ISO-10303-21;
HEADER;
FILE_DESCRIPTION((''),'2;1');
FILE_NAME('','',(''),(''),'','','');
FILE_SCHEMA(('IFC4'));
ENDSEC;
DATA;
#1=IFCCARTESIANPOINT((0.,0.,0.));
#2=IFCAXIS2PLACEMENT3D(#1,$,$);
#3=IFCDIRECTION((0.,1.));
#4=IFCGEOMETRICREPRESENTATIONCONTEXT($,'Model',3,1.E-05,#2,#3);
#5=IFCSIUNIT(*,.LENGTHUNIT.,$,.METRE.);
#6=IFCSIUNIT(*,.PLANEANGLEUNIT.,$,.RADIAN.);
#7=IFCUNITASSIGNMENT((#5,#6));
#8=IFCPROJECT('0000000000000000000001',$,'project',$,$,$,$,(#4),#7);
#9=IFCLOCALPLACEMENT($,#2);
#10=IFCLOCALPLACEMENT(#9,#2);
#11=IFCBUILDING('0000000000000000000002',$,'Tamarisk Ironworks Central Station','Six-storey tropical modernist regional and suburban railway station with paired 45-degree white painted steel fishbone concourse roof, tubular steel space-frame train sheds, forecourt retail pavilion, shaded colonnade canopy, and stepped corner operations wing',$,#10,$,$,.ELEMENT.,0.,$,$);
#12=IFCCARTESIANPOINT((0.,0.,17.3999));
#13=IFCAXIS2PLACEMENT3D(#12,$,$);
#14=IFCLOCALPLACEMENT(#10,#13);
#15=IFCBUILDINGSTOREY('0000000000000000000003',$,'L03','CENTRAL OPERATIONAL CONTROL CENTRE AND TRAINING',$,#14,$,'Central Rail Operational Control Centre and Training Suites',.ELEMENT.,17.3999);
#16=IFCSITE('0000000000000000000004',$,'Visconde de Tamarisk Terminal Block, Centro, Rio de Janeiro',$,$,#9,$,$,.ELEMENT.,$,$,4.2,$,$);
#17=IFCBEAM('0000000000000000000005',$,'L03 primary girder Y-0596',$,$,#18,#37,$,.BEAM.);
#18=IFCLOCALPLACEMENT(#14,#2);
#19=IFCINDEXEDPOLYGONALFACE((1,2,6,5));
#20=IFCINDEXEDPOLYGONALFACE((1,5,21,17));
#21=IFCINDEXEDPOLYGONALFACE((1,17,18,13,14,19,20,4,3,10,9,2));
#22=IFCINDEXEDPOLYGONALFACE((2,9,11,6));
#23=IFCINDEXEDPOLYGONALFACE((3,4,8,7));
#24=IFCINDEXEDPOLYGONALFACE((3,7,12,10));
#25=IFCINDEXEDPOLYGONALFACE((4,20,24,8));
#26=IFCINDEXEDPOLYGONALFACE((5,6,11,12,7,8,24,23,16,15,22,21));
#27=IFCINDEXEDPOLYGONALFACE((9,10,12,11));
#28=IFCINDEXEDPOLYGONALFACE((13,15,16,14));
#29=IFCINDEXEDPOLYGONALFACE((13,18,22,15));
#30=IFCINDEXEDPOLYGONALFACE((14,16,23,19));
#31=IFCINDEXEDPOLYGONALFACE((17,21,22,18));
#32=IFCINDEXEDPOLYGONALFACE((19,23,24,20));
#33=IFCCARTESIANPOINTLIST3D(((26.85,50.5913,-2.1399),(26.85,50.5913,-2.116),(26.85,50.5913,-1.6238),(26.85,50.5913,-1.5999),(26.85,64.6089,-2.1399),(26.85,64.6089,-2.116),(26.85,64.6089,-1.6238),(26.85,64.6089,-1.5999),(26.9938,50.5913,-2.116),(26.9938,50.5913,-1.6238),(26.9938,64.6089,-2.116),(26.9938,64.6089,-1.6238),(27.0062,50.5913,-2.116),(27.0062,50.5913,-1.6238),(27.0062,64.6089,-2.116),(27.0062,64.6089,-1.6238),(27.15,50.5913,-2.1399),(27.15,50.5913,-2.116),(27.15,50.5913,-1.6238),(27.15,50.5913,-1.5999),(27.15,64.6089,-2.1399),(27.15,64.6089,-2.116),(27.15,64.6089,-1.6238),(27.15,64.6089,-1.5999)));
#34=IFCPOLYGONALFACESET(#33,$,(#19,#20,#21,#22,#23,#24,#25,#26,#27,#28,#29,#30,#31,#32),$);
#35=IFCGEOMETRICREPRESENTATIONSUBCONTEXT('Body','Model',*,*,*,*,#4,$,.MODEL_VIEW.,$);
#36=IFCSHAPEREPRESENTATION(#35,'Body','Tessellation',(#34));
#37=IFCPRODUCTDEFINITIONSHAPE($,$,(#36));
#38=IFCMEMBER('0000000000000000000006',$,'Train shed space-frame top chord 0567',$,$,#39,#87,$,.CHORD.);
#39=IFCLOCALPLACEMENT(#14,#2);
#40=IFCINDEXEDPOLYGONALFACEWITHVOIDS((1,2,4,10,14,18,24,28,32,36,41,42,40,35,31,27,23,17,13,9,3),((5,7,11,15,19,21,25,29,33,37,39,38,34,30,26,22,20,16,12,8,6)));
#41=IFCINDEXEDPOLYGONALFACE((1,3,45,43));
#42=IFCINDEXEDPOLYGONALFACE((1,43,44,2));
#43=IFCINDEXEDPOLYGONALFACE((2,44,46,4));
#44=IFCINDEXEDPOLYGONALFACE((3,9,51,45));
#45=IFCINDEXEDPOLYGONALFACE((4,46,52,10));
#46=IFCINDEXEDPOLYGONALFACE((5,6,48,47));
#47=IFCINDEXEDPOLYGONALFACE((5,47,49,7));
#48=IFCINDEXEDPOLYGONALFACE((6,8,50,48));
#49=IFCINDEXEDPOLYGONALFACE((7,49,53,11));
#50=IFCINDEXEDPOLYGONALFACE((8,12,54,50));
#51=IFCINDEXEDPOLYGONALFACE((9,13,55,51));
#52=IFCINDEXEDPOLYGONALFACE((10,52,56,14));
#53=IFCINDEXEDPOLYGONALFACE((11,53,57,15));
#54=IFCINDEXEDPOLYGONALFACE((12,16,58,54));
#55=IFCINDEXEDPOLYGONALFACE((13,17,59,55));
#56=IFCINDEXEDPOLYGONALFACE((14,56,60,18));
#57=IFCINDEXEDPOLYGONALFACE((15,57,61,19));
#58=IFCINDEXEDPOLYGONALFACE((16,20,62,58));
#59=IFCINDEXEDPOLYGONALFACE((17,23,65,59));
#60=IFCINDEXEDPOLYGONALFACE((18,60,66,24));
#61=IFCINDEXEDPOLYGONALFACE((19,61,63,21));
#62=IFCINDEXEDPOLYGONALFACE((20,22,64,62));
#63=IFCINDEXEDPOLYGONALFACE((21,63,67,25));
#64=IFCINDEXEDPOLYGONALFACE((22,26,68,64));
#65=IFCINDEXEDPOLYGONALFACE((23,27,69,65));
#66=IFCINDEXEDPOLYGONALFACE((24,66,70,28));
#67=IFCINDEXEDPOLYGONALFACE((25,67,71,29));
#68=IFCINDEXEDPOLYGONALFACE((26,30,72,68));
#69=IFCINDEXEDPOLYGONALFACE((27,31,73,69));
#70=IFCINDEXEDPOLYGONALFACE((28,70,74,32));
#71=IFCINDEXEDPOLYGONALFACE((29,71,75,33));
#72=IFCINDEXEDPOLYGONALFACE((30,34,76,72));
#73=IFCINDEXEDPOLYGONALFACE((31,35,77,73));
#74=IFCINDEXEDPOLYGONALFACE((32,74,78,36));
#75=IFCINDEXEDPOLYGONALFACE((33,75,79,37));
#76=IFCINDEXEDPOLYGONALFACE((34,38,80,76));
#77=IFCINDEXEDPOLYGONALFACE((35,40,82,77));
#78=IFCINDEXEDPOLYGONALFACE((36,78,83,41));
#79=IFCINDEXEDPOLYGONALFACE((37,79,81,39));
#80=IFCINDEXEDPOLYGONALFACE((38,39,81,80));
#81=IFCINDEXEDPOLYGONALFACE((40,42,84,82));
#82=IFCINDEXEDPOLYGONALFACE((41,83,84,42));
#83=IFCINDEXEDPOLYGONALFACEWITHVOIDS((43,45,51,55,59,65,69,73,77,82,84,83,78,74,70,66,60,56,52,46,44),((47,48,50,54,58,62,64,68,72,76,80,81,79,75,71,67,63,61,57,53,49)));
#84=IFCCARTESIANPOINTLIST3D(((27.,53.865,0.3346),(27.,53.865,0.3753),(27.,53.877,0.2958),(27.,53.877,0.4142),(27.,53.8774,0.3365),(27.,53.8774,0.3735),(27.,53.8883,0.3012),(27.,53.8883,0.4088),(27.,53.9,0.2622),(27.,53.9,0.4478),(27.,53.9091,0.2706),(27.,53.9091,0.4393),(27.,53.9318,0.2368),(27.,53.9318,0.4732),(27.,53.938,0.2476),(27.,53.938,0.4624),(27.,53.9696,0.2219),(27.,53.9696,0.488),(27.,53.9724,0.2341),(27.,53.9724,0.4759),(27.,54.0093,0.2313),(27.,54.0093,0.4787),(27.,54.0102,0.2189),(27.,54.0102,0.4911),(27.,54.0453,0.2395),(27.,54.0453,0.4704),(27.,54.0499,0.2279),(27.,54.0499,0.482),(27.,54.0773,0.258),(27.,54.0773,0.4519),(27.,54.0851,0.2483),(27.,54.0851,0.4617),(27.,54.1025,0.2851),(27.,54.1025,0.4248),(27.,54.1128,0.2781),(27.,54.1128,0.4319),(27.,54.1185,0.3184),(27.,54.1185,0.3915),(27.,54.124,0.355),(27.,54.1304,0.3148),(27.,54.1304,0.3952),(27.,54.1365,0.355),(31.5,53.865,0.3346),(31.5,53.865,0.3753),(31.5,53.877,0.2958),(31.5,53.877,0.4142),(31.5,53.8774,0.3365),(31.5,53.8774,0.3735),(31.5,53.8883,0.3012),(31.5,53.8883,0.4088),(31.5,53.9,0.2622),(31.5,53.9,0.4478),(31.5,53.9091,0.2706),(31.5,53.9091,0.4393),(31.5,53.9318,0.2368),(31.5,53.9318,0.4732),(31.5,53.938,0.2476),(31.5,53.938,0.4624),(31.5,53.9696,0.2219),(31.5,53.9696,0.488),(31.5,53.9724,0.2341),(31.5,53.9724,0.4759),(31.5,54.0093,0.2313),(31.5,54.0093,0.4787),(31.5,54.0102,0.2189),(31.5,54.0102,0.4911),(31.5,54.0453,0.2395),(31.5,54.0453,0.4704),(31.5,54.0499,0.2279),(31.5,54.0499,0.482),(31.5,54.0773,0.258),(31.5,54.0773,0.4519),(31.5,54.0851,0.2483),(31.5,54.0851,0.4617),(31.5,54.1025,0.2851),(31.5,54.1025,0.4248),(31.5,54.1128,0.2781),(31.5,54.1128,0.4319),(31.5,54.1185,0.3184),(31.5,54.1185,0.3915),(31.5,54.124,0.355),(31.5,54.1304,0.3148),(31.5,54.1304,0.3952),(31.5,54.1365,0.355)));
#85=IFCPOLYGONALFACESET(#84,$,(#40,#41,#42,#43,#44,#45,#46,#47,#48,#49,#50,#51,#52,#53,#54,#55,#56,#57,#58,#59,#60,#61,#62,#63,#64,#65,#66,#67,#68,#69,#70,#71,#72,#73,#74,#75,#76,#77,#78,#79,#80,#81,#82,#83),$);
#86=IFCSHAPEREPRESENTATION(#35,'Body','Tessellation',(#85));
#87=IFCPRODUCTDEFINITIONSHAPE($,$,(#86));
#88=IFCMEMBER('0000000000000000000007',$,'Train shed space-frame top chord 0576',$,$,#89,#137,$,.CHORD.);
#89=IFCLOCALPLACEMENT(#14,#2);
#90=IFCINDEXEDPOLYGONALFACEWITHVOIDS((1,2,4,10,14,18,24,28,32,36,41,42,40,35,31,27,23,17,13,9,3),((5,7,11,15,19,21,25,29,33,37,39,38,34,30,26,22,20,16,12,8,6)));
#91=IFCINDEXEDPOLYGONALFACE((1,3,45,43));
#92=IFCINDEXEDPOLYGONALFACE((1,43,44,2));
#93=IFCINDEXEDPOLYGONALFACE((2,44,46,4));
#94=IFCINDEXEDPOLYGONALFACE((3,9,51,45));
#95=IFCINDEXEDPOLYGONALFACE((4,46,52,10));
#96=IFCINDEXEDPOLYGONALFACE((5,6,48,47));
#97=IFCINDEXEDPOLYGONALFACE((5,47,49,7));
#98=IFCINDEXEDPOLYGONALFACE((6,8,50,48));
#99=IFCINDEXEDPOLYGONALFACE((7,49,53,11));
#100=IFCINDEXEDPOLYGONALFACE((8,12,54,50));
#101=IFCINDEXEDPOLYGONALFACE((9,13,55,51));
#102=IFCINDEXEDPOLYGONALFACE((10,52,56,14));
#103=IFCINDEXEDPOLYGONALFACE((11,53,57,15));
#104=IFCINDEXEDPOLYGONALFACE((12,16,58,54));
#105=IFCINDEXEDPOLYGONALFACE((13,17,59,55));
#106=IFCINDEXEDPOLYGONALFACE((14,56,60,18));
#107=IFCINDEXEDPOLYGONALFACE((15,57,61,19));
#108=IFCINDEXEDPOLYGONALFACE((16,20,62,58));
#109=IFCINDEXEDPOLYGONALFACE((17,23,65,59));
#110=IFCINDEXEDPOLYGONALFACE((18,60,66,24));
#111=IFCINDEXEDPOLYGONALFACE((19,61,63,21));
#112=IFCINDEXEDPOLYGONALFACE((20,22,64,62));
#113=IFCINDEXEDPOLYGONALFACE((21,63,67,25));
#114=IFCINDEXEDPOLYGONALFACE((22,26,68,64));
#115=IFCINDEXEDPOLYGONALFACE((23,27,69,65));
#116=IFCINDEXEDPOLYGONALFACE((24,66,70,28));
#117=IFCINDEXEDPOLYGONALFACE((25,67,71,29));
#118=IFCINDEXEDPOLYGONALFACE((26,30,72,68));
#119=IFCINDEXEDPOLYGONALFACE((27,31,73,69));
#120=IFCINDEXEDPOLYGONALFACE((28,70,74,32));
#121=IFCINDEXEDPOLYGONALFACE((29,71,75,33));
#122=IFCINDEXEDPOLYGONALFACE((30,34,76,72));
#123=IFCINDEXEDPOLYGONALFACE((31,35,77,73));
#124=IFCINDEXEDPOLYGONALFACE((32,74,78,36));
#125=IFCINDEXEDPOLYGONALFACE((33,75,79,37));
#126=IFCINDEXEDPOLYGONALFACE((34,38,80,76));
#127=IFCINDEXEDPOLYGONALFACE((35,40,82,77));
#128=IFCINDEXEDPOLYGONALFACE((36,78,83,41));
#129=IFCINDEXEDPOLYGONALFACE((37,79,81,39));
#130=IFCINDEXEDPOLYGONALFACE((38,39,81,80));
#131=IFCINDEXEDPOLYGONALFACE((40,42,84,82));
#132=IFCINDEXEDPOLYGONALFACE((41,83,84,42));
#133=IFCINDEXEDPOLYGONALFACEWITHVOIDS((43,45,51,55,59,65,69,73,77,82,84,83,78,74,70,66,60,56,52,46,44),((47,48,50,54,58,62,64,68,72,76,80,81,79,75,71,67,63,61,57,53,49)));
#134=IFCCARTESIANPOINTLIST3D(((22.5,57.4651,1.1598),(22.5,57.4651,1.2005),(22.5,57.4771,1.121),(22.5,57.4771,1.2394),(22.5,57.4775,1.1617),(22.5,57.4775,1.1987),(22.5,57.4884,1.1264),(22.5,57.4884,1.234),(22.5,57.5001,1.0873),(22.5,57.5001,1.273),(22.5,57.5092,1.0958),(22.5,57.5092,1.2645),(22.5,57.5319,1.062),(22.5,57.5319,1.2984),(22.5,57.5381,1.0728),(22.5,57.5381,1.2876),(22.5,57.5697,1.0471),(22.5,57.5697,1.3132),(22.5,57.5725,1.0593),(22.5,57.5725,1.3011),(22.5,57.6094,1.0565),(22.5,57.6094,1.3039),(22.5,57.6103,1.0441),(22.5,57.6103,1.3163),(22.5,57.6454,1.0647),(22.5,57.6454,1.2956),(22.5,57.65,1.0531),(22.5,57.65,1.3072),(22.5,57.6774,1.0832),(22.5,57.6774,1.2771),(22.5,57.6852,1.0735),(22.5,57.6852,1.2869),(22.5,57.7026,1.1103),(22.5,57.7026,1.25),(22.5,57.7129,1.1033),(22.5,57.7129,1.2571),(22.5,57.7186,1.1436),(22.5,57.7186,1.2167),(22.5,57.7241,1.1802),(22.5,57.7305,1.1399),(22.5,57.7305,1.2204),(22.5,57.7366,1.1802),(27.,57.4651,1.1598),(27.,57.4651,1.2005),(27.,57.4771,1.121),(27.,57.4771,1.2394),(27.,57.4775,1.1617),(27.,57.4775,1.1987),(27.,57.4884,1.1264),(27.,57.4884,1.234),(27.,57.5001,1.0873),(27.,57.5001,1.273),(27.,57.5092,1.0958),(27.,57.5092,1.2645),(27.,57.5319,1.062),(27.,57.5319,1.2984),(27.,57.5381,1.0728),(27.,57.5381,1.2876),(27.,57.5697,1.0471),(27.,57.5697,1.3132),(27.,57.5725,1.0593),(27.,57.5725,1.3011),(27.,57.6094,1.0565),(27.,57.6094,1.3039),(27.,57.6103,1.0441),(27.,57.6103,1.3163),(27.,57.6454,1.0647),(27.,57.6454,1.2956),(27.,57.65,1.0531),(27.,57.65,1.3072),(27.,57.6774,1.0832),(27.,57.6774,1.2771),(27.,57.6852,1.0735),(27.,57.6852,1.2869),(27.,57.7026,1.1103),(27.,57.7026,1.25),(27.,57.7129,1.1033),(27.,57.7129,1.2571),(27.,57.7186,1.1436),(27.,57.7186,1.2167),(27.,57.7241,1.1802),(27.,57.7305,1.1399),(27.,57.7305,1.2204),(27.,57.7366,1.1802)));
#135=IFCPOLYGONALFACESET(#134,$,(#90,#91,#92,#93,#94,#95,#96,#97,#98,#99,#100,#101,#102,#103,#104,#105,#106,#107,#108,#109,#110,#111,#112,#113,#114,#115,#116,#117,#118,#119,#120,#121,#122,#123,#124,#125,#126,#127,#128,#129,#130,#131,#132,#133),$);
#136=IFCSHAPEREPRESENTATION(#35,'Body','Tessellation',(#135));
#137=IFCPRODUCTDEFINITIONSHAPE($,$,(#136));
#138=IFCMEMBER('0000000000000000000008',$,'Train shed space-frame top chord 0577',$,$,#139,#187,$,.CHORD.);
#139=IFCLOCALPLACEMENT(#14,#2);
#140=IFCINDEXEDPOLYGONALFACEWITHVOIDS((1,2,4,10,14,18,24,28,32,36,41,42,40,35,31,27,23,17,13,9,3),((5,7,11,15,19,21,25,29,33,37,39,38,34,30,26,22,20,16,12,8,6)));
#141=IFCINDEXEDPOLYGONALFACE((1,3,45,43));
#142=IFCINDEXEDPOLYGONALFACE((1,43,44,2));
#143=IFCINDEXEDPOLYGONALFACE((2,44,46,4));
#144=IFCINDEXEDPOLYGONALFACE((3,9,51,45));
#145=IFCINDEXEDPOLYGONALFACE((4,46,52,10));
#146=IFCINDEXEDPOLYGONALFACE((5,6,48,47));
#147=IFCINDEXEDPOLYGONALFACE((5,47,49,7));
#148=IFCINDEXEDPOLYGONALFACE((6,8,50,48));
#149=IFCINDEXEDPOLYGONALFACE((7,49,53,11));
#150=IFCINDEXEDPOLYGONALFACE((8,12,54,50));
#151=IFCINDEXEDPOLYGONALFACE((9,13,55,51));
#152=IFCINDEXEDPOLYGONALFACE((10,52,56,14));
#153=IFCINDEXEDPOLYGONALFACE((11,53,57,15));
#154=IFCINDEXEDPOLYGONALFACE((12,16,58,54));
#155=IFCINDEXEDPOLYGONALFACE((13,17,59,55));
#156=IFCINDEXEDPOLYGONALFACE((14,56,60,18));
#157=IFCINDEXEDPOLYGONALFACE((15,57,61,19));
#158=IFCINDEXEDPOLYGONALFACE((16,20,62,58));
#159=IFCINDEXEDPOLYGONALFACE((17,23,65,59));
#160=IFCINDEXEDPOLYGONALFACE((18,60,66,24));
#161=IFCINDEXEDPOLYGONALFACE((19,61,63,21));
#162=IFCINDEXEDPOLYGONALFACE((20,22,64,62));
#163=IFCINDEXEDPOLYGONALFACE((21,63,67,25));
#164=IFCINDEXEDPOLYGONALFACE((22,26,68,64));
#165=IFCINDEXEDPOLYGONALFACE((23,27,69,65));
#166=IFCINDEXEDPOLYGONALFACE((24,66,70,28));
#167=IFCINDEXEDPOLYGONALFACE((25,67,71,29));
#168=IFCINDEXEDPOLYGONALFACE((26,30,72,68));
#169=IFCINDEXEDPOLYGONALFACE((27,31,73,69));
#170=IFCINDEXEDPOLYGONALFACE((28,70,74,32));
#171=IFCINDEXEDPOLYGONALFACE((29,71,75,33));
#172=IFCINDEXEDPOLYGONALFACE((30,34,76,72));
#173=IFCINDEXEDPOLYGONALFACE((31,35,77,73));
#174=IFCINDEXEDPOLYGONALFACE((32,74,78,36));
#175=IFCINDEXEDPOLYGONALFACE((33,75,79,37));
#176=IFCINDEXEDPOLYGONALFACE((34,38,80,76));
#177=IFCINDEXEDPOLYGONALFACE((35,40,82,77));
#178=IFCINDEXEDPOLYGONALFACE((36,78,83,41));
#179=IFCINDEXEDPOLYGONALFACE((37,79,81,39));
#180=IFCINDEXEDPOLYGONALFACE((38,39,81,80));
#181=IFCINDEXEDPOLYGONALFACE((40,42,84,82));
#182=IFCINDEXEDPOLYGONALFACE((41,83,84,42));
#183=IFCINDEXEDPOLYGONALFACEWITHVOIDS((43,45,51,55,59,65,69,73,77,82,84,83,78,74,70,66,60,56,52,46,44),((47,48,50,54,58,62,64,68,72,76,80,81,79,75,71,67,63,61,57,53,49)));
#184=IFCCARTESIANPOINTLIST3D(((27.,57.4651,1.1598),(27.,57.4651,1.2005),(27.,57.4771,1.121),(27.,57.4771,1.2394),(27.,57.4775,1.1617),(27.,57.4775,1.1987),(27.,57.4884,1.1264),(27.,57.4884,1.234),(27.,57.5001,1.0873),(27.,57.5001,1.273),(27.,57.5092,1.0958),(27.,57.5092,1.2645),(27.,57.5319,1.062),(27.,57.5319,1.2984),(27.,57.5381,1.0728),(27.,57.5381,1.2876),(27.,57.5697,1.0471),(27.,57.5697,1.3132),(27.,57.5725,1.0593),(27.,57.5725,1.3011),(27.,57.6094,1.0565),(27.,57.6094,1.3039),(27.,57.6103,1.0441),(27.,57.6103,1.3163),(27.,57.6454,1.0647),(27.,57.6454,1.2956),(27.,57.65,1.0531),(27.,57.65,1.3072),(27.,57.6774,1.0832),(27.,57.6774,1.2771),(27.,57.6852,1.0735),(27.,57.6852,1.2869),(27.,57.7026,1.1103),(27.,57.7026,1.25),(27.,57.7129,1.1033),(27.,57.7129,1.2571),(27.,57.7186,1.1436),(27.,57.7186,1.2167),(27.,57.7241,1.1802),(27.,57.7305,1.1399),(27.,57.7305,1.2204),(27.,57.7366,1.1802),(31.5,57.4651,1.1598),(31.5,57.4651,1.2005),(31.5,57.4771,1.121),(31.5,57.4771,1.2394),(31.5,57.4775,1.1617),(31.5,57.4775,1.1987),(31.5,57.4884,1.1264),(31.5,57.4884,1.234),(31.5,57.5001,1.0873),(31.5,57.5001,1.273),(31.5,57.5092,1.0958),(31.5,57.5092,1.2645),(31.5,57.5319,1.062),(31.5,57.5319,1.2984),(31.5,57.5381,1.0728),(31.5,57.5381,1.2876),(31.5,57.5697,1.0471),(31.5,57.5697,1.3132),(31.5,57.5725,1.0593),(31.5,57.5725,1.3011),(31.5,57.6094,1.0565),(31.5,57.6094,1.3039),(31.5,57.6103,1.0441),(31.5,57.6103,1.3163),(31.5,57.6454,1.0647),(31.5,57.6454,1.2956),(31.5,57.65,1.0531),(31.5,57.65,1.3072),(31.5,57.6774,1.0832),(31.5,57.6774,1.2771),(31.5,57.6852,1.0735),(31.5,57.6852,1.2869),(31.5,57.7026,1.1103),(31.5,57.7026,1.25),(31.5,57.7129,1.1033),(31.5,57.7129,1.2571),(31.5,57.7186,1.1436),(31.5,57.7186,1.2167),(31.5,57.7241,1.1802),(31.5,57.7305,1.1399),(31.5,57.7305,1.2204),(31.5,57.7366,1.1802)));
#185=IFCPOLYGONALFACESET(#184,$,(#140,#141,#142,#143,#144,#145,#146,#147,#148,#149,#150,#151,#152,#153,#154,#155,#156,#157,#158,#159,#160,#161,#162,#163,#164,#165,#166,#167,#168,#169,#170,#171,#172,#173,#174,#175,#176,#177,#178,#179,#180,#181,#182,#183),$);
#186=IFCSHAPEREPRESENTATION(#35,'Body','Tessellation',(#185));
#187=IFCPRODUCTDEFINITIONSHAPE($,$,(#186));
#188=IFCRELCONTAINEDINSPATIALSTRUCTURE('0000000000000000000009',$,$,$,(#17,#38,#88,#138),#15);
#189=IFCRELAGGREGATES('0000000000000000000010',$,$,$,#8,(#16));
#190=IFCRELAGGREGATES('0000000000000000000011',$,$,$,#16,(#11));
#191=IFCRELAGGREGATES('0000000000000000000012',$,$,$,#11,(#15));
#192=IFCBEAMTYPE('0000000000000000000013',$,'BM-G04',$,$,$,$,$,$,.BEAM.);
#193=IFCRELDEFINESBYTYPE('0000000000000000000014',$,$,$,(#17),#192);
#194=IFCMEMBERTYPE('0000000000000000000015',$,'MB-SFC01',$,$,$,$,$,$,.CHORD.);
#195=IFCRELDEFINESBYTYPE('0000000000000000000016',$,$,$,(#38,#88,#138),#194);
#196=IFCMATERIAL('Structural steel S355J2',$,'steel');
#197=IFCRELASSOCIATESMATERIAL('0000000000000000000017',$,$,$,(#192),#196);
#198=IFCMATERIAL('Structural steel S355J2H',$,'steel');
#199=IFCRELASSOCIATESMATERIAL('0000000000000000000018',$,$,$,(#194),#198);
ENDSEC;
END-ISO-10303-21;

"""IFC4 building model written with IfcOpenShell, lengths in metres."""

from ifc_helpers import new_model, si_unit, direction, frame, origin, origin_2d, place, context, subcontext, project, spatial, hollow_circle, i_section, extrude, material, material_profile, profile_set, type_object, element, save


model = new_model("IFC4")

# Units and contexts
model_context = context("Model", 3, precision=1e-05, world=origin(), true_north=direction((0.0, 1.0)))
body_context = subcontext(model_context, "Body", "Model", "MODEL_VIEW")
ifc_project = project(units=[si_unit("LENGTHUNIT", "METRE"), si_unit("PLANEANGLEUNIT", "RADIAN")], contexts=[model_context])

# Site, building, storey
site_placement = place(None, origin())
site = spatial("IfcSite", under=ifc_project, at=site_placement, Name="Visconde de Tamarisk Terminal Block, Centro, Rio de Janeiro", CompositionType="ELEMENT", RefElevation=4.2)
building_placement = place(site_placement, origin())
building = spatial("IfcBuilding", under=site, at=building_placement, Name="Tamarisk Ironworks Central Station", Description="Six-storey tropical modernist regional and suburban railway station with paired 45-degree white painted steel fishbone concourse roof, tubular steel space-frame train sheds, forecourt retail pavilion, shaded colonnade canopy, and stepped corner operations wing", CompositionType="ELEMENT", ElevationOfRefHeight=0.0)
storey_placement = place(building_placement, frame((0.0, 0.0, 17.3999)))
storey = spatial("IfcBuildingStorey", under=building, at=storey_placement, Name="L03", Description="CENTRAL OPERATIONAL CONTROL CENTRE AND TRAINING", LongName="Central Rail Operational Control Centre and Training Suites", CompositionType="ELEMENT", Elevation=17.3999)

# Beam
ifc_material_1 = material(Name="Structural steel S355J2", Category="steel")
ifc_material_profile_1 = material_profile(ifc_material_1, i_section(OverallWidth=0.3, OverallDepth=0.54, WebThickness=0.0125, FlangeThickness=0.0239, at=origin_2d()), Name="HEA 550")
ifc_profile_set_1 = profile_set([ifc_material_profile_1], Name="Structural steel S355J2")
beam_type = type_object("IfcBeamType", Name="BM-G04", PredefinedType="BEAM", material=ifc_profile_set_1)
beam_placement = place(storey_placement, frame((27.0, 50.5913, -1.8699), z_axis=(0.0, 1.0, 0.0), x_axis=(-1.0, 0.0, 0.0)))
element("IfcBeam", 1, at=beam_placement, inside=storey, type_object=beam_type, Name="L03 primary girder Y-0596", PredefinedType="BEAM", context=body_context, shape_type="SweptSolid", body=[
    extrude(i_section(OverallWidth=0.3, OverallDepth=0.54, WebThickness=0.0125, FlangeThickness=0.0239, at=origin_2d()), origin(), (0.0, 0.0, 1.0), 14.0176),
])

# Members
ifc_material_2 = material(Name="Structural steel S355J2H", Category="steel")
ifc_material_profile_2 = material_profile(ifc_material_2, hollow_circle(Radius=0.1365, WallThickness=0.0125, at=origin_2d()), Name="CHS 273x12.5")
ifc_profile_set_2 = profile_set([ifc_material_profile_2], Name="Structural steel S355J2H")
member_type_1 = type_object("IfcMemberType", Name="MB-SFC01", PredefinedType="CHORD", material=ifc_profile_set_2)
for number, where, z_axis, x_axis, name in (
    (2, (27.0, 54.0, 0.355), (1.0, 0.0, 0.0), (0.0, 1.0, 0.0), "Train shed space-frame top chord 0567"),
    (3, (22.5, 57.6001, 1.1802), (1.0, 0.0, 0.0), (0.0, 1.0, 0.0), "Train shed space-frame top chord 0576"),
    (4, (27.0, 57.6001, 1.1802), (1.0, 0.0, 0.0), (0.0, 1.0, 0.0), "Train shed space-frame top chord 0577"),
):
    element("IfcMember", number, at=place(storey_placement, frame(where, z_axis=z_axis, x_axis=x_axis)), inside=storey, type_object=member_type_1, Name=name, PredefinedType="CHORD", context=body_context, shape_type="SweptSolid", body=[
        extrude(hollow_circle(Radius=0.1365, WallThickness=0.0125, at=origin_2d()), origin(), (0.0, 0.0, 1.0), 4.5),
    ])

save(model, "model.ifc")
